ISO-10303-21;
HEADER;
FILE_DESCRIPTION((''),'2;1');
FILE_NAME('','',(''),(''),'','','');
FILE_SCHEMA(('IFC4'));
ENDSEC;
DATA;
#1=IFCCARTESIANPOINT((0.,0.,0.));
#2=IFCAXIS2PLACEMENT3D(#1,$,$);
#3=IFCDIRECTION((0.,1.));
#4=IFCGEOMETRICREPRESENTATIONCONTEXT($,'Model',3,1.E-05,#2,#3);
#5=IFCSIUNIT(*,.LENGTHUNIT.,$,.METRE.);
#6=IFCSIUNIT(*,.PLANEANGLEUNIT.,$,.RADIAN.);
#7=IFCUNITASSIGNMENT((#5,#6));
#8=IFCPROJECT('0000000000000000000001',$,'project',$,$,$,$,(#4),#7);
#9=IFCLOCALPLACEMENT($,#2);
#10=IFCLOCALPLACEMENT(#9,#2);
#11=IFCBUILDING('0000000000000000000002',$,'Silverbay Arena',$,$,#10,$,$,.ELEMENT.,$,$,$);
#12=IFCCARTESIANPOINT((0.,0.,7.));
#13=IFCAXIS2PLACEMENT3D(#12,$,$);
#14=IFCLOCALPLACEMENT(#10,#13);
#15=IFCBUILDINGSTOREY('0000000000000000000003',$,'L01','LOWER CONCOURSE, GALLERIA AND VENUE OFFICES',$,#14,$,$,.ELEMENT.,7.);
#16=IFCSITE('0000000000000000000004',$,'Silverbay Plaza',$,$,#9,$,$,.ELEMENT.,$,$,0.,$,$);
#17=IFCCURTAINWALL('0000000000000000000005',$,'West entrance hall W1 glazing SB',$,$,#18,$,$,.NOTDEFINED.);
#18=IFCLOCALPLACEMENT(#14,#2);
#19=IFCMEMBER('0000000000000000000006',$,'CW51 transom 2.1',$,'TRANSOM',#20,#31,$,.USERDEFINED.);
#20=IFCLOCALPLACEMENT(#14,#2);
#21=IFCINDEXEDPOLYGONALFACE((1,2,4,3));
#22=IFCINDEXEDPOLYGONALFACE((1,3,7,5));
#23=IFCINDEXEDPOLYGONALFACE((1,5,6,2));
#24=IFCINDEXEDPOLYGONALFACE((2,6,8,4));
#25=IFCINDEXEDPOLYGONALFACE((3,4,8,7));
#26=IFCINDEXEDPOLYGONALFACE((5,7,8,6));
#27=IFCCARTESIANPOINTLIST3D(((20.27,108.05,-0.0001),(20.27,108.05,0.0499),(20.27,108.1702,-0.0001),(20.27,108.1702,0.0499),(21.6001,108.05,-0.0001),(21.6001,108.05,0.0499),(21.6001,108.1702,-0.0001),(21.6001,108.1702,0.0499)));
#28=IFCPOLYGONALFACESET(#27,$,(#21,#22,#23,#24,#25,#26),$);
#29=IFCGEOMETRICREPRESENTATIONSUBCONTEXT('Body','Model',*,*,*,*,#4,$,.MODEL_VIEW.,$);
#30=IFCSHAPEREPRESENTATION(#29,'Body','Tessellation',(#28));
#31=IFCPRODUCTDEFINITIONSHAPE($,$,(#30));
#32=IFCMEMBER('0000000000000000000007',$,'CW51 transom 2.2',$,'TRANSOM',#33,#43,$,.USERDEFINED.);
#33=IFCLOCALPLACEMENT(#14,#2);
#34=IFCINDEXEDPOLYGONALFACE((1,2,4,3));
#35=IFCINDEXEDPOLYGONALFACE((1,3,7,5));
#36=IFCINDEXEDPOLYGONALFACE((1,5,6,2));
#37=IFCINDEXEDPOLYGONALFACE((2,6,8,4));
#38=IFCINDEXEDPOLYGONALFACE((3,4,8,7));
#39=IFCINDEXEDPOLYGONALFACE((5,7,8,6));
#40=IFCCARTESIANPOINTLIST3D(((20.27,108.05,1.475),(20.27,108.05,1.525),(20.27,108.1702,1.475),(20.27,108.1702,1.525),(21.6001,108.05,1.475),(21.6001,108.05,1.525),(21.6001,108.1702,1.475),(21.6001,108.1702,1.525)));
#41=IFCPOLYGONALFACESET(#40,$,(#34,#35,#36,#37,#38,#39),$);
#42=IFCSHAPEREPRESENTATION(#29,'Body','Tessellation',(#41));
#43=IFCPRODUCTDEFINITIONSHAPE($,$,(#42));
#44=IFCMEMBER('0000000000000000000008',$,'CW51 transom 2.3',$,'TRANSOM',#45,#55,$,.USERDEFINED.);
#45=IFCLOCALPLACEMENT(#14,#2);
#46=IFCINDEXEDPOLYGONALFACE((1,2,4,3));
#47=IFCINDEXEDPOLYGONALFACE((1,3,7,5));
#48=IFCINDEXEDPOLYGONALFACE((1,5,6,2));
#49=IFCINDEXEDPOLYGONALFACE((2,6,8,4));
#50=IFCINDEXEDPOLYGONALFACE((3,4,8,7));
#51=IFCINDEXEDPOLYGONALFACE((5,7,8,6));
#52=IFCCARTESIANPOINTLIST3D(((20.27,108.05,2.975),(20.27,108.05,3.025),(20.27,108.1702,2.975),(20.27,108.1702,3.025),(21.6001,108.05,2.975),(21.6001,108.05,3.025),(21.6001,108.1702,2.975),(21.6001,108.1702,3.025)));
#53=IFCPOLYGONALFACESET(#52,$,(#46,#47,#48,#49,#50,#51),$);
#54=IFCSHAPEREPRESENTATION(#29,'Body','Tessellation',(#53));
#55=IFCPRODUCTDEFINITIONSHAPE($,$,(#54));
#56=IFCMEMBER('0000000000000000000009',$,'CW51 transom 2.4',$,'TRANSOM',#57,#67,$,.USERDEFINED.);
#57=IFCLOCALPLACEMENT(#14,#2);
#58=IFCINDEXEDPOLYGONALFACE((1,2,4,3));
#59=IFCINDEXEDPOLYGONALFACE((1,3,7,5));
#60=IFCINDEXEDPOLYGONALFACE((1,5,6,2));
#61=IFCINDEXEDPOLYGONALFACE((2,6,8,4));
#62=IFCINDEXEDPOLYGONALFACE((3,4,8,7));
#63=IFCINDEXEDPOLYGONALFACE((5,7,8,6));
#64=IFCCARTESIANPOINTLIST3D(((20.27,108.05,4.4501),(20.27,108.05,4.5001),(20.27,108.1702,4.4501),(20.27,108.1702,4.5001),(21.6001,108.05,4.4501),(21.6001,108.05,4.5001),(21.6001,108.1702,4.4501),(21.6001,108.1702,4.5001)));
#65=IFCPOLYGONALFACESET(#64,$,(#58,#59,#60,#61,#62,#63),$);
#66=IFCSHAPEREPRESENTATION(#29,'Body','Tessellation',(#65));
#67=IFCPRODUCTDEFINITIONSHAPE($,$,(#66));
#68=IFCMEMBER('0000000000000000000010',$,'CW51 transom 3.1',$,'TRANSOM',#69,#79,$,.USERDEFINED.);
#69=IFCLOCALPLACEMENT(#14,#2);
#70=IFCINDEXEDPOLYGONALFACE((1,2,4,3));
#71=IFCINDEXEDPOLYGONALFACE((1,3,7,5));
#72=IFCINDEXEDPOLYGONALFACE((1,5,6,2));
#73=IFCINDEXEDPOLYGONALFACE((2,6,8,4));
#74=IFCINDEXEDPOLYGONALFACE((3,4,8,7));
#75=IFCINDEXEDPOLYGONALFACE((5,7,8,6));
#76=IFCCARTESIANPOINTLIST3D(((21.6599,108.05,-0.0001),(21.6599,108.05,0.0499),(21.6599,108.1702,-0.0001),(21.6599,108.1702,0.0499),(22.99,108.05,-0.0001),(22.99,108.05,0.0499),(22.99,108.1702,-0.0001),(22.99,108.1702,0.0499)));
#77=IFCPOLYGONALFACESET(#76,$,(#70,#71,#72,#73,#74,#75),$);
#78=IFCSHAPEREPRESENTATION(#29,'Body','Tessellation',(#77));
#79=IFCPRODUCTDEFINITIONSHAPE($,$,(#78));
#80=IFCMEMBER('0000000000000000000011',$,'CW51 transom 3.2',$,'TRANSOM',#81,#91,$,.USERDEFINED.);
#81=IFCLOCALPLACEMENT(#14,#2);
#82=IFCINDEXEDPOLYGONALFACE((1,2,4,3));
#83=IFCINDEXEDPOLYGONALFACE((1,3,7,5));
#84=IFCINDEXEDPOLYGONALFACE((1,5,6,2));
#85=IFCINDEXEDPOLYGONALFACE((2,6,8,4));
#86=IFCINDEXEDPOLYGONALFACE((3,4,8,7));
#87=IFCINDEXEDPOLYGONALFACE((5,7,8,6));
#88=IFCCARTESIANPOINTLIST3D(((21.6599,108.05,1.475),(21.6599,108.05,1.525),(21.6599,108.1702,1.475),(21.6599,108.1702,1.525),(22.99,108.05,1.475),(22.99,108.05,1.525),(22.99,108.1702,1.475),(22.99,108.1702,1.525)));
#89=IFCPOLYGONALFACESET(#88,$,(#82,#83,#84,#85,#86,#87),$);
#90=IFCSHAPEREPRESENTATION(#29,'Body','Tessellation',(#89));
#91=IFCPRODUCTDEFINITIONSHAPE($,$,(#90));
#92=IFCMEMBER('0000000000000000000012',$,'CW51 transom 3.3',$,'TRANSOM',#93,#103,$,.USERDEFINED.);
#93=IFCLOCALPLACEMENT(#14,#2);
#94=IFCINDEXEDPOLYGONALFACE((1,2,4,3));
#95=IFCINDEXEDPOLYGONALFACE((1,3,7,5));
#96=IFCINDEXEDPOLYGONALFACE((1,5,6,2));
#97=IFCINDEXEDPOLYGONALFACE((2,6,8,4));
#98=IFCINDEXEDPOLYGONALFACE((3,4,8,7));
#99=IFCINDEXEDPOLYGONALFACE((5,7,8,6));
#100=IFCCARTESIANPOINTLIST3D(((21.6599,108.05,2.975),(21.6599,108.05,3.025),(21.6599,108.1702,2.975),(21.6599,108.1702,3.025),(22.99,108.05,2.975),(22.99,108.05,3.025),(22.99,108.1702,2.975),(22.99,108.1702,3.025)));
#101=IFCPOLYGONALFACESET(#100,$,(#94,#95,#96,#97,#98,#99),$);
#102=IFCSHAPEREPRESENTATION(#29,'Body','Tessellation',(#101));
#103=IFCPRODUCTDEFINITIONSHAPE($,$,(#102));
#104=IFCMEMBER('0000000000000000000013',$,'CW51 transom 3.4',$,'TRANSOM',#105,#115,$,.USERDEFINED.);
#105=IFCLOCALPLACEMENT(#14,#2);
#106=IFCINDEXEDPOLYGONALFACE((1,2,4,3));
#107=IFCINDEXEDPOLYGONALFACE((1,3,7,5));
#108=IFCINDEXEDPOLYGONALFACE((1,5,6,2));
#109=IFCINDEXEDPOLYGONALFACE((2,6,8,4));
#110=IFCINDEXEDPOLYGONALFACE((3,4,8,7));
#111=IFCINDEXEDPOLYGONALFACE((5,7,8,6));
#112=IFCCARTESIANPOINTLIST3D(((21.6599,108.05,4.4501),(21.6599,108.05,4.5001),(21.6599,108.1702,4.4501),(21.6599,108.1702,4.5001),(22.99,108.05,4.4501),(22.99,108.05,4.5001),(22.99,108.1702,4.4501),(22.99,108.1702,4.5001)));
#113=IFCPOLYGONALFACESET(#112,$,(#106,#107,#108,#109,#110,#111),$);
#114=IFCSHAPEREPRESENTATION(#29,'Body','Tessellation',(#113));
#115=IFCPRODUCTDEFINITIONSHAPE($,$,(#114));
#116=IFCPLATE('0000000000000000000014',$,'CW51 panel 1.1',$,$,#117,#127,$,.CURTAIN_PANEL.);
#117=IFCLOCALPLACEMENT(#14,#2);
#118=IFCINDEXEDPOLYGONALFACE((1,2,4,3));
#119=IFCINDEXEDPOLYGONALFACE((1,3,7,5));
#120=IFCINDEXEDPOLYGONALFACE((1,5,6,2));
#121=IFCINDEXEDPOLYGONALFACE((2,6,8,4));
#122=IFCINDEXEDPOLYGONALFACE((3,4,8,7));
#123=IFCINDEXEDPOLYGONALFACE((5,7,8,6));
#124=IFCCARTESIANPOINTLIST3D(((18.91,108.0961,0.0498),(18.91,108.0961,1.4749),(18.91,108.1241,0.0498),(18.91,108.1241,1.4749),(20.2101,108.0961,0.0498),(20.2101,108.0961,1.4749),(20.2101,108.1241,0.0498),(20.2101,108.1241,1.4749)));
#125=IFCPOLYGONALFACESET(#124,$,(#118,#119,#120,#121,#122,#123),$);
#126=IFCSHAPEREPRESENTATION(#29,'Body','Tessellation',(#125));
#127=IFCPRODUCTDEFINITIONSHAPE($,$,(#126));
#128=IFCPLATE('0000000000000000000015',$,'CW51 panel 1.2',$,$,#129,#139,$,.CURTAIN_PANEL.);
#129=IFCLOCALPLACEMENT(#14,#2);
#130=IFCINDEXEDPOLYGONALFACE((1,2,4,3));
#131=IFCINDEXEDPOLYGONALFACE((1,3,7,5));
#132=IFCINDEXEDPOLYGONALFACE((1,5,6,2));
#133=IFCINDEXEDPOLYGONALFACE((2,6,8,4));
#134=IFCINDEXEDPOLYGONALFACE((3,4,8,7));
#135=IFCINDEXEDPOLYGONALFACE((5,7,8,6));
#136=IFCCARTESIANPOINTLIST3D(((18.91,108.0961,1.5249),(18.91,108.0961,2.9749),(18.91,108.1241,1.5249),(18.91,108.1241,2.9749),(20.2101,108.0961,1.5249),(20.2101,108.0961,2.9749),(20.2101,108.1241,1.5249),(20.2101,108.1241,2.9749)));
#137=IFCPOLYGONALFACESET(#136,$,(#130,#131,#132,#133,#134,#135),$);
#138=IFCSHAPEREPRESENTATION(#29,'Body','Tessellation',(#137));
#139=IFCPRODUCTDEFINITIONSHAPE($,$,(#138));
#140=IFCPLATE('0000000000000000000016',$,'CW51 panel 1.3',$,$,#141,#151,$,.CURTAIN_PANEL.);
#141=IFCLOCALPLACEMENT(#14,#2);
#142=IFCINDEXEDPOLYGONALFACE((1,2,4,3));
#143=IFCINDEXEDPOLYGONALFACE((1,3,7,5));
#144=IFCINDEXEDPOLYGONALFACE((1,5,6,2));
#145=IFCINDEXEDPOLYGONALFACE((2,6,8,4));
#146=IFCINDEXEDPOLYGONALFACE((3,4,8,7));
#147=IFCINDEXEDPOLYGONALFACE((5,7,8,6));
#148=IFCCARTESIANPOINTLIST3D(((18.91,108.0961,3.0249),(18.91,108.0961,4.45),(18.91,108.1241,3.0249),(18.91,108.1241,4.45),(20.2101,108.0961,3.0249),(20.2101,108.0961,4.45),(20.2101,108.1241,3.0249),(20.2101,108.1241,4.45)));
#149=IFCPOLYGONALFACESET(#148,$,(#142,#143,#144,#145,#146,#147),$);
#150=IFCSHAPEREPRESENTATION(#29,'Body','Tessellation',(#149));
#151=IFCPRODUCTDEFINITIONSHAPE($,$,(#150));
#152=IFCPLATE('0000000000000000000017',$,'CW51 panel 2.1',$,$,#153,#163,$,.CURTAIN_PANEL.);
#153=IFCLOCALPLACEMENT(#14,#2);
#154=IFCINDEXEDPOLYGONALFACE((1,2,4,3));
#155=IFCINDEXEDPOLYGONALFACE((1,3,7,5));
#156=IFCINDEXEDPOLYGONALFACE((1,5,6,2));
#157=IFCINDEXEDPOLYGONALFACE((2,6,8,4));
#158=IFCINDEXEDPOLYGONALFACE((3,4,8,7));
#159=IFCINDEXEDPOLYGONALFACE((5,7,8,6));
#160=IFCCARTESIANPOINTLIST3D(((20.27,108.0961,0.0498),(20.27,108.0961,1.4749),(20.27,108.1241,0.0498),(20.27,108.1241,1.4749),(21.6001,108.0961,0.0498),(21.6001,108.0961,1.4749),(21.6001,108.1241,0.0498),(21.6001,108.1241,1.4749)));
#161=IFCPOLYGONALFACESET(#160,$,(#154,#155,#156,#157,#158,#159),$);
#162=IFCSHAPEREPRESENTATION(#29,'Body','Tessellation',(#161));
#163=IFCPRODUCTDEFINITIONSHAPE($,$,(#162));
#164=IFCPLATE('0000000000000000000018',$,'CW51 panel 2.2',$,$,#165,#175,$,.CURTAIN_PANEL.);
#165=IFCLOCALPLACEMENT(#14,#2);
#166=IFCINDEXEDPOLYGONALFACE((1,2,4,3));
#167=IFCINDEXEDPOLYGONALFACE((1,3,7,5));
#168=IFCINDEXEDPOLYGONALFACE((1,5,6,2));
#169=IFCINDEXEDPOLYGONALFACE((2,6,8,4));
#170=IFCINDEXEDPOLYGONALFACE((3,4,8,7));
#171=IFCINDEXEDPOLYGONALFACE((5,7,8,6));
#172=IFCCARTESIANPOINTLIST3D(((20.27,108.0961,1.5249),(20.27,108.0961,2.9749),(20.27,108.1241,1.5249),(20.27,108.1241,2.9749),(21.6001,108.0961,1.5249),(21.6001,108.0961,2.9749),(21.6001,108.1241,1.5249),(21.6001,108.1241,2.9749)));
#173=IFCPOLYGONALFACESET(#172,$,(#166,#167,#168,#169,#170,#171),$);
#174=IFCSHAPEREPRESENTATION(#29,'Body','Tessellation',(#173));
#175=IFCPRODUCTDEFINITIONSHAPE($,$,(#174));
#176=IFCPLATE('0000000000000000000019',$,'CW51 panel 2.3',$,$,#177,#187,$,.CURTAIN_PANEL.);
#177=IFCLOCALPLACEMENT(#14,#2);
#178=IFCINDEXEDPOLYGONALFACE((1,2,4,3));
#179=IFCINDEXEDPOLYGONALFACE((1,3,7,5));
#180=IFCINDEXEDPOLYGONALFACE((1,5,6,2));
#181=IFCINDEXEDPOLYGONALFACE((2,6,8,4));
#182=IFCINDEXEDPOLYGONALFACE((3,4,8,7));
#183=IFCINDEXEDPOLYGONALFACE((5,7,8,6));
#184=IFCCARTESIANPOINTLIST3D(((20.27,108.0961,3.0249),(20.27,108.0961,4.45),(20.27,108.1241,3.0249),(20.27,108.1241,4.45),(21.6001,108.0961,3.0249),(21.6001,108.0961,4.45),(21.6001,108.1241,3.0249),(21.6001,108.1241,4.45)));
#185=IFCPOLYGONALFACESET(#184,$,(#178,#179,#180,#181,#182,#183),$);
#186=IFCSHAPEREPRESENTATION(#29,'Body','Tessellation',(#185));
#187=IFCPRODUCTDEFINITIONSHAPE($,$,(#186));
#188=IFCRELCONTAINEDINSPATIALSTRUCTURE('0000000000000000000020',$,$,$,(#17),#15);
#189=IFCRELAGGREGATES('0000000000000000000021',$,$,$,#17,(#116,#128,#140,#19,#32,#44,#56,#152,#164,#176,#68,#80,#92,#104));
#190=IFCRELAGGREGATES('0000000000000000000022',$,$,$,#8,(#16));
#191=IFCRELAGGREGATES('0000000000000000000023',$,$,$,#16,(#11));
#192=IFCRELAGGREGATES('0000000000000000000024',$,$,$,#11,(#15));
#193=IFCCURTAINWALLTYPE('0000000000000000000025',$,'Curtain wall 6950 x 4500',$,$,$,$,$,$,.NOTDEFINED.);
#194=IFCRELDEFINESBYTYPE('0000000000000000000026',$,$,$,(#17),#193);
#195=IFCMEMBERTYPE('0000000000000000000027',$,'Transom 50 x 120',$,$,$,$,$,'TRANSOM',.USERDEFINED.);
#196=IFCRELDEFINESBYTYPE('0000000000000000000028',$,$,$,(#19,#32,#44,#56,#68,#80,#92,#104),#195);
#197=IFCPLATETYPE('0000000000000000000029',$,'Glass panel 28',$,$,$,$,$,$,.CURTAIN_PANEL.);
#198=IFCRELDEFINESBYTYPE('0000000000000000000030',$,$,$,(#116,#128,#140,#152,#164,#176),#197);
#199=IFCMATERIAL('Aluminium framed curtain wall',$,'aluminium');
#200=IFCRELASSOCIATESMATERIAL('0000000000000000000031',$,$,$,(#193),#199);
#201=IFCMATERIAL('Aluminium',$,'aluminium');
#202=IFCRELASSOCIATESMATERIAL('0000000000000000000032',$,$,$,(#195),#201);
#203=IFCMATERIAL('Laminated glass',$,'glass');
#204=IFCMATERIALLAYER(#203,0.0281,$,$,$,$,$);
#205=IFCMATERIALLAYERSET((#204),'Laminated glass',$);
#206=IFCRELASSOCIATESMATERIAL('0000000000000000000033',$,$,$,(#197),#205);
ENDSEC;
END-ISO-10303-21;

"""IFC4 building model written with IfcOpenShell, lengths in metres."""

from ifc_helpers import new_model, si_unit, direction, frame, origin, origin_2d, place, context, subcontext, project, spatial, rectangle, extrude, material, layer, layer_set, material_profile, profile_set, type_object, element, aggregate, save


model = new_model("IFC4")

# Units and contexts
model_context = context("Model", 3, precision=1e-05, world=origin(), true_north=direction((0.0, 1.0)))
body_context = subcontext(model_context, "Body", "Model", "MODEL_VIEW")
ifc_project = project(units=[si_unit("LENGTHUNIT", "METRE"), si_unit("PLANEANGLEUNIT", "RADIAN")], contexts=[model_context])

# Site, building, storey
site_placement = place(None, origin())
site = spatial("IfcSite", under=ifc_project, at=site_placement, Name="Silverbay Plaza", CompositionType="ELEMENT", RefElevation=0.0)
building_placement = place(site_placement, origin())
building = spatial("IfcBuilding", under=site, at=building_placement, Name="Silverbay Arena", CompositionType="ELEMENT")
storey_placement = place(building_placement, frame((0.0, 0.0, 7.0)))
storey = spatial("IfcBuildingStorey", under=building, at=storey_placement, Name="L01", Description="LOWER CONCOURSE, GALLERIA AND VENUE OFFICES", CompositionType="ELEMENT", Elevation=7.0)

# Curtain wall
ifc_material_1 = material(Name="Aluminium framed curtain wall", Category="aluminium")
curtain_wall_type = type_object("IfcCurtainWallType", Name="Curtain wall 6950 x 4500", PredefinedType="NOTDEFINED", material=ifc_material_1)
curtain_wall_placement = place(storey_placement, origin())
curtain_wall = element("IfcCurtainWall", 1, at=curtain_wall_placement, inside=storey, type_object=curtain_wall_type, Name="West entrance hall W1 glazing SB", PredefinedType="NOTDEFINED")

# Members
ifc_material_2 = material(Name="Aluminium", Category="aluminium")
ifc_material_profile_1 = material_profile(ifc_material_2, rectangle(XDim=0.1201, YDim=0.05, at=origin_2d()), Name="Transom 50 x 120")
ifc_profile_set_1 = profile_set([ifc_material_profile_1], Name="Aluminium")
member_type_1 = type_object("IfcMemberType", Name="Transom 50 x 120", ElementType="TRANSOM", PredefinedType="USERDEFINED", material=ifc_profile_set_1)
member_1_placement = place(storey_placement, frame((20.27, 108.1101, 0.0249), z_axis=(1.0, 0.0, 0.0), x_axis=(0.0, 1.0, 0.0)))
member_1 = element("IfcMember", 2, at=member_1_placement, type_object=member_type_1, Name="CW51 transom 2.1", ObjectType="TRANSOM", PredefinedType="USERDEFINED", context=body_context, shape_type="SweptSolid", body=[
    extrude(rectangle(XDim=0.1201, YDim=0.05, at=origin_2d()), origin(), (0.0, 0.0, 1.0), 1.3301),
])
member_2_placement = place(storey_placement, frame((20.27, 108.1101, 1.5), z_axis=(1.0, 0.0, 0.0), x_axis=(0.0, 1.0, 0.0)))
member_2 = element("IfcMember", 3, at=member_2_placement, type_object=member_type_1, Name="CW51 transom 2.2", ObjectType="TRANSOM", PredefinedType="USERDEFINED", context=body_context, shape_type="SweptSolid", body=[
    extrude(rectangle(XDim=0.1201, YDim=0.05, at=origin_2d()), origin(), (0.0, 0.0, 1.0), 1.3301),
])
member_3_placement = place(storey_placement, frame((20.27, 108.1101, 3.0), z_axis=(1.0, 0.0, 0.0), x_axis=(0.0, 1.0, 0.0)))
member_3 = element("IfcMember", 4, at=member_3_placement, type_object=member_type_1, Name="CW51 transom 2.3", ObjectType="TRANSOM", PredefinedType="USERDEFINED", context=body_context, shape_type="SweptSolid", body=[
    extrude(rectangle(XDim=0.1201, YDim=0.05, at=origin_2d()), origin(), (0.0, 0.0, 1.0), 1.3301),
])
member_4_placement = place(storey_placement, frame((20.27, 108.1101, 4.4751), z_axis=(1.0, 0.0, 0.0), x_axis=(0.0, 1.0, 0.0)))
member_4 = element("IfcMember", 5, at=member_4_placement, type_object=member_type_1, Name="CW51 transom 2.4", ObjectType="TRANSOM", PredefinedType="USERDEFINED", context=body_context, shape_type="SweptSolid", body=[
    extrude(rectangle(XDim=0.1201, YDim=0.05, at=origin_2d()), origin(), (0.0, 0.0, 1.0), 1.3301),
])
member_5_placement = place(storey_placement, frame((21.6599, 108.1101, 0.0249), z_axis=(1.0, 0.0, 0.0), x_axis=(0.0, 1.0, 0.0)))
member_5 = element("IfcMember", 6, at=member_5_placement, type_object=member_type_1, Name="CW51 transom 3.1", ObjectType="TRANSOM", PredefinedType="USERDEFINED", context=body_context, shape_type="SweptSolid", body=[
    extrude(rectangle(XDim=0.1201, YDim=0.05, at=origin_2d()), origin(), (0.0, 0.0, 1.0), 1.3301),
])
member_6_placement = place(storey_placement, frame((21.6599, 108.1101, 1.5), z_axis=(1.0, 0.0, 0.0), x_axis=(0.0, 1.0, 0.0)))
member_6 = element("IfcMember", 7, at=member_6_placement, type_object=member_type_1, Name="CW51 transom 3.2", ObjectType="TRANSOM", PredefinedType="USERDEFINED", context=body_context, shape_type="SweptSolid", body=[
    extrude(rectangle(XDim=0.1201, YDim=0.05, at=origin_2d()), origin(), (0.0, 0.0, 1.0), 1.3301),
])
member_7_placement = place(storey_placement, frame((21.6599, 108.1101, 3.0), z_axis=(1.0, 0.0, 0.0), x_axis=(0.0, 1.0, 0.0)))
member_7 = element("IfcMember", 8, at=member_7_placement, type_object=member_type_1, Name="CW51 transom 3.3", ObjectType="TRANSOM", PredefinedType="USERDEFINED", context=body_context, shape_type="SweptSolid", body=[
    extrude(rectangle(XDim=0.1201, YDim=0.05, at=origin_2d()), origin(), (0.0, 0.0, 1.0), 1.3301),
])
member_8_placement = place(storey_placement, frame((21.6599, 108.1101, 4.4751), z_axis=(1.0, 0.0, 0.0), x_axis=(0.0, 1.0, 0.0)))
member_8 = element("IfcMember", 9, at=member_8_placement, type_object=member_type_1, Name="CW51 transom 3.4", ObjectType="TRANSOM", PredefinedType="USERDEFINED", context=body_context, shape_type="SweptSolid", body=[
    extrude(rectangle(XDim=0.1201, YDim=0.05, at=origin_2d()), origin(), (0.0, 0.0, 1.0), 1.3301),
])

# Plates
ifc_material_3 = material(Name="Laminated glass", Category="glass")
ifc_layer = layer(ifc_material_3, 0.0281)
ifc_layer_set = layer_set([ifc_layer], Name="Laminated glass")
plate_type = type_object("IfcPlateType", Name="Glass panel 28", PredefinedType="CURTAIN_PANEL", material=ifc_layer_set)
plate_1_placement = place(storey_placement, frame((19.5601, 108.1101, 0.0498), z_axis=(0.0, 0.0, 1.0), x_axis=(1.0, 0.0, 0.0)))
plate_1 = element("IfcPlate", 10, at=plate_1_placement, type_object=plate_type, Name="CW51 panel 1.1", PredefinedType="CURTAIN_PANEL", context=body_context, shape_type="SweptSolid", body=[
    extrude(rectangle(XDim=1.3, YDim=0.0281, at=origin_2d()), origin(), (0.0, 0.0, 1.0), 1.425),
])
plate_2_placement = place(storey_placement, frame((19.5601, 108.1101, 1.5249), z_axis=(0.0, 0.0, 1.0), x_axis=(1.0, 0.0, 0.0)))
plate_2 = element("IfcPlate", 11, at=plate_2_placement, type_object=plate_type, Name="CW51 panel 1.2", PredefinedType="CURTAIN_PANEL", context=body_context, shape_type="SweptSolid", body=[
    extrude(rectangle(XDim=1.3, YDim=0.0281, at=origin_2d()), origin(), (0.0, 0.0, 1.0), 1.45),
])
plate_3_placement = place(storey_placement, frame((19.5601, 108.1101, 3.0249), z_axis=(0.0, 0.0, 1.0), x_axis=(1.0, 0.0, 0.0)))
plate_3 = element("IfcPlate", 12, at=plate_3_placement, type_object=plate_type, Name="CW51 panel 1.3", PredefinedType="CURTAIN_PANEL", context=body_context, shape_type="SweptSolid", body=[
    extrude(rectangle(XDim=1.3, YDim=0.0281, at=origin_2d()), origin(), (0.0, 0.0, 1.0), 1.425),
])
plate_4_placement = place(storey_placement, frame((20.9351, 108.1101, 0.0498), z_axis=(0.0, 0.0, 1.0), x_axis=(1.0, 0.0, 0.0)))
plate_4 = element("IfcPlate", 13, at=plate_4_placement, type_object=plate_type, Name="CW51 panel 2.1", PredefinedType="CURTAIN_PANEL", context=body_context, shape_type="SweptSolid", body=[
    extrude(rectangle(XDim=1.3301, YDim=0.0281, at=origin_2d()), origin(), (0.0, 0.0, 1.0), 1.425),
])
plate_5_placement = place(storey_placement, frame((20.9351, 108.1101, 1.5249), z_axis=(0.0, 0.0, 1.0), x_axis=(1.0, 0.0, 0.0)))
plate_5 = element("IfcPlate", 14, at=plate_5_placement, type_object=plate_type, Name="CW51 panel 2.2", PredefinedType="CURTAIN_PANEL", context=body_context, shape_type="SweptSolid", body=[
    extrude(rectangle(XDim=1.3301, YDim=0.0281, at=origin_2d()), origin(), (0.0, 0.0, 1.0), 1.45),
])
plate_6_placement = place(storey_placement, frame((20.9351, 108.1101, 3.0249), z_axis=(0.0, 0.0, 1.0), x_axis=(1.0, 0.0, 0.0)))
plate_6 = element("IfcPlate", 15, at=plate_6_placement, type_object=plate_type, Name="CW51 panel 2.3", PredefinedType="CURTAIN_PANEL", context=body_context, shape_type="SweptSolid", body=[
    extrude(rectangle(XDim=1.3301, YDim=0.0281, at=origin_2d()), origin(), (0.0, 0.0, 1.0), 1.425),
])
aggregate(curtain_wall, [plate_1, plate_2, plate_3, member_1, member_2, member_3, member_4, plate_4, plate_5, plate_6, member_5, member_6, member_7, member_8])

save(model, "model.ifc")
